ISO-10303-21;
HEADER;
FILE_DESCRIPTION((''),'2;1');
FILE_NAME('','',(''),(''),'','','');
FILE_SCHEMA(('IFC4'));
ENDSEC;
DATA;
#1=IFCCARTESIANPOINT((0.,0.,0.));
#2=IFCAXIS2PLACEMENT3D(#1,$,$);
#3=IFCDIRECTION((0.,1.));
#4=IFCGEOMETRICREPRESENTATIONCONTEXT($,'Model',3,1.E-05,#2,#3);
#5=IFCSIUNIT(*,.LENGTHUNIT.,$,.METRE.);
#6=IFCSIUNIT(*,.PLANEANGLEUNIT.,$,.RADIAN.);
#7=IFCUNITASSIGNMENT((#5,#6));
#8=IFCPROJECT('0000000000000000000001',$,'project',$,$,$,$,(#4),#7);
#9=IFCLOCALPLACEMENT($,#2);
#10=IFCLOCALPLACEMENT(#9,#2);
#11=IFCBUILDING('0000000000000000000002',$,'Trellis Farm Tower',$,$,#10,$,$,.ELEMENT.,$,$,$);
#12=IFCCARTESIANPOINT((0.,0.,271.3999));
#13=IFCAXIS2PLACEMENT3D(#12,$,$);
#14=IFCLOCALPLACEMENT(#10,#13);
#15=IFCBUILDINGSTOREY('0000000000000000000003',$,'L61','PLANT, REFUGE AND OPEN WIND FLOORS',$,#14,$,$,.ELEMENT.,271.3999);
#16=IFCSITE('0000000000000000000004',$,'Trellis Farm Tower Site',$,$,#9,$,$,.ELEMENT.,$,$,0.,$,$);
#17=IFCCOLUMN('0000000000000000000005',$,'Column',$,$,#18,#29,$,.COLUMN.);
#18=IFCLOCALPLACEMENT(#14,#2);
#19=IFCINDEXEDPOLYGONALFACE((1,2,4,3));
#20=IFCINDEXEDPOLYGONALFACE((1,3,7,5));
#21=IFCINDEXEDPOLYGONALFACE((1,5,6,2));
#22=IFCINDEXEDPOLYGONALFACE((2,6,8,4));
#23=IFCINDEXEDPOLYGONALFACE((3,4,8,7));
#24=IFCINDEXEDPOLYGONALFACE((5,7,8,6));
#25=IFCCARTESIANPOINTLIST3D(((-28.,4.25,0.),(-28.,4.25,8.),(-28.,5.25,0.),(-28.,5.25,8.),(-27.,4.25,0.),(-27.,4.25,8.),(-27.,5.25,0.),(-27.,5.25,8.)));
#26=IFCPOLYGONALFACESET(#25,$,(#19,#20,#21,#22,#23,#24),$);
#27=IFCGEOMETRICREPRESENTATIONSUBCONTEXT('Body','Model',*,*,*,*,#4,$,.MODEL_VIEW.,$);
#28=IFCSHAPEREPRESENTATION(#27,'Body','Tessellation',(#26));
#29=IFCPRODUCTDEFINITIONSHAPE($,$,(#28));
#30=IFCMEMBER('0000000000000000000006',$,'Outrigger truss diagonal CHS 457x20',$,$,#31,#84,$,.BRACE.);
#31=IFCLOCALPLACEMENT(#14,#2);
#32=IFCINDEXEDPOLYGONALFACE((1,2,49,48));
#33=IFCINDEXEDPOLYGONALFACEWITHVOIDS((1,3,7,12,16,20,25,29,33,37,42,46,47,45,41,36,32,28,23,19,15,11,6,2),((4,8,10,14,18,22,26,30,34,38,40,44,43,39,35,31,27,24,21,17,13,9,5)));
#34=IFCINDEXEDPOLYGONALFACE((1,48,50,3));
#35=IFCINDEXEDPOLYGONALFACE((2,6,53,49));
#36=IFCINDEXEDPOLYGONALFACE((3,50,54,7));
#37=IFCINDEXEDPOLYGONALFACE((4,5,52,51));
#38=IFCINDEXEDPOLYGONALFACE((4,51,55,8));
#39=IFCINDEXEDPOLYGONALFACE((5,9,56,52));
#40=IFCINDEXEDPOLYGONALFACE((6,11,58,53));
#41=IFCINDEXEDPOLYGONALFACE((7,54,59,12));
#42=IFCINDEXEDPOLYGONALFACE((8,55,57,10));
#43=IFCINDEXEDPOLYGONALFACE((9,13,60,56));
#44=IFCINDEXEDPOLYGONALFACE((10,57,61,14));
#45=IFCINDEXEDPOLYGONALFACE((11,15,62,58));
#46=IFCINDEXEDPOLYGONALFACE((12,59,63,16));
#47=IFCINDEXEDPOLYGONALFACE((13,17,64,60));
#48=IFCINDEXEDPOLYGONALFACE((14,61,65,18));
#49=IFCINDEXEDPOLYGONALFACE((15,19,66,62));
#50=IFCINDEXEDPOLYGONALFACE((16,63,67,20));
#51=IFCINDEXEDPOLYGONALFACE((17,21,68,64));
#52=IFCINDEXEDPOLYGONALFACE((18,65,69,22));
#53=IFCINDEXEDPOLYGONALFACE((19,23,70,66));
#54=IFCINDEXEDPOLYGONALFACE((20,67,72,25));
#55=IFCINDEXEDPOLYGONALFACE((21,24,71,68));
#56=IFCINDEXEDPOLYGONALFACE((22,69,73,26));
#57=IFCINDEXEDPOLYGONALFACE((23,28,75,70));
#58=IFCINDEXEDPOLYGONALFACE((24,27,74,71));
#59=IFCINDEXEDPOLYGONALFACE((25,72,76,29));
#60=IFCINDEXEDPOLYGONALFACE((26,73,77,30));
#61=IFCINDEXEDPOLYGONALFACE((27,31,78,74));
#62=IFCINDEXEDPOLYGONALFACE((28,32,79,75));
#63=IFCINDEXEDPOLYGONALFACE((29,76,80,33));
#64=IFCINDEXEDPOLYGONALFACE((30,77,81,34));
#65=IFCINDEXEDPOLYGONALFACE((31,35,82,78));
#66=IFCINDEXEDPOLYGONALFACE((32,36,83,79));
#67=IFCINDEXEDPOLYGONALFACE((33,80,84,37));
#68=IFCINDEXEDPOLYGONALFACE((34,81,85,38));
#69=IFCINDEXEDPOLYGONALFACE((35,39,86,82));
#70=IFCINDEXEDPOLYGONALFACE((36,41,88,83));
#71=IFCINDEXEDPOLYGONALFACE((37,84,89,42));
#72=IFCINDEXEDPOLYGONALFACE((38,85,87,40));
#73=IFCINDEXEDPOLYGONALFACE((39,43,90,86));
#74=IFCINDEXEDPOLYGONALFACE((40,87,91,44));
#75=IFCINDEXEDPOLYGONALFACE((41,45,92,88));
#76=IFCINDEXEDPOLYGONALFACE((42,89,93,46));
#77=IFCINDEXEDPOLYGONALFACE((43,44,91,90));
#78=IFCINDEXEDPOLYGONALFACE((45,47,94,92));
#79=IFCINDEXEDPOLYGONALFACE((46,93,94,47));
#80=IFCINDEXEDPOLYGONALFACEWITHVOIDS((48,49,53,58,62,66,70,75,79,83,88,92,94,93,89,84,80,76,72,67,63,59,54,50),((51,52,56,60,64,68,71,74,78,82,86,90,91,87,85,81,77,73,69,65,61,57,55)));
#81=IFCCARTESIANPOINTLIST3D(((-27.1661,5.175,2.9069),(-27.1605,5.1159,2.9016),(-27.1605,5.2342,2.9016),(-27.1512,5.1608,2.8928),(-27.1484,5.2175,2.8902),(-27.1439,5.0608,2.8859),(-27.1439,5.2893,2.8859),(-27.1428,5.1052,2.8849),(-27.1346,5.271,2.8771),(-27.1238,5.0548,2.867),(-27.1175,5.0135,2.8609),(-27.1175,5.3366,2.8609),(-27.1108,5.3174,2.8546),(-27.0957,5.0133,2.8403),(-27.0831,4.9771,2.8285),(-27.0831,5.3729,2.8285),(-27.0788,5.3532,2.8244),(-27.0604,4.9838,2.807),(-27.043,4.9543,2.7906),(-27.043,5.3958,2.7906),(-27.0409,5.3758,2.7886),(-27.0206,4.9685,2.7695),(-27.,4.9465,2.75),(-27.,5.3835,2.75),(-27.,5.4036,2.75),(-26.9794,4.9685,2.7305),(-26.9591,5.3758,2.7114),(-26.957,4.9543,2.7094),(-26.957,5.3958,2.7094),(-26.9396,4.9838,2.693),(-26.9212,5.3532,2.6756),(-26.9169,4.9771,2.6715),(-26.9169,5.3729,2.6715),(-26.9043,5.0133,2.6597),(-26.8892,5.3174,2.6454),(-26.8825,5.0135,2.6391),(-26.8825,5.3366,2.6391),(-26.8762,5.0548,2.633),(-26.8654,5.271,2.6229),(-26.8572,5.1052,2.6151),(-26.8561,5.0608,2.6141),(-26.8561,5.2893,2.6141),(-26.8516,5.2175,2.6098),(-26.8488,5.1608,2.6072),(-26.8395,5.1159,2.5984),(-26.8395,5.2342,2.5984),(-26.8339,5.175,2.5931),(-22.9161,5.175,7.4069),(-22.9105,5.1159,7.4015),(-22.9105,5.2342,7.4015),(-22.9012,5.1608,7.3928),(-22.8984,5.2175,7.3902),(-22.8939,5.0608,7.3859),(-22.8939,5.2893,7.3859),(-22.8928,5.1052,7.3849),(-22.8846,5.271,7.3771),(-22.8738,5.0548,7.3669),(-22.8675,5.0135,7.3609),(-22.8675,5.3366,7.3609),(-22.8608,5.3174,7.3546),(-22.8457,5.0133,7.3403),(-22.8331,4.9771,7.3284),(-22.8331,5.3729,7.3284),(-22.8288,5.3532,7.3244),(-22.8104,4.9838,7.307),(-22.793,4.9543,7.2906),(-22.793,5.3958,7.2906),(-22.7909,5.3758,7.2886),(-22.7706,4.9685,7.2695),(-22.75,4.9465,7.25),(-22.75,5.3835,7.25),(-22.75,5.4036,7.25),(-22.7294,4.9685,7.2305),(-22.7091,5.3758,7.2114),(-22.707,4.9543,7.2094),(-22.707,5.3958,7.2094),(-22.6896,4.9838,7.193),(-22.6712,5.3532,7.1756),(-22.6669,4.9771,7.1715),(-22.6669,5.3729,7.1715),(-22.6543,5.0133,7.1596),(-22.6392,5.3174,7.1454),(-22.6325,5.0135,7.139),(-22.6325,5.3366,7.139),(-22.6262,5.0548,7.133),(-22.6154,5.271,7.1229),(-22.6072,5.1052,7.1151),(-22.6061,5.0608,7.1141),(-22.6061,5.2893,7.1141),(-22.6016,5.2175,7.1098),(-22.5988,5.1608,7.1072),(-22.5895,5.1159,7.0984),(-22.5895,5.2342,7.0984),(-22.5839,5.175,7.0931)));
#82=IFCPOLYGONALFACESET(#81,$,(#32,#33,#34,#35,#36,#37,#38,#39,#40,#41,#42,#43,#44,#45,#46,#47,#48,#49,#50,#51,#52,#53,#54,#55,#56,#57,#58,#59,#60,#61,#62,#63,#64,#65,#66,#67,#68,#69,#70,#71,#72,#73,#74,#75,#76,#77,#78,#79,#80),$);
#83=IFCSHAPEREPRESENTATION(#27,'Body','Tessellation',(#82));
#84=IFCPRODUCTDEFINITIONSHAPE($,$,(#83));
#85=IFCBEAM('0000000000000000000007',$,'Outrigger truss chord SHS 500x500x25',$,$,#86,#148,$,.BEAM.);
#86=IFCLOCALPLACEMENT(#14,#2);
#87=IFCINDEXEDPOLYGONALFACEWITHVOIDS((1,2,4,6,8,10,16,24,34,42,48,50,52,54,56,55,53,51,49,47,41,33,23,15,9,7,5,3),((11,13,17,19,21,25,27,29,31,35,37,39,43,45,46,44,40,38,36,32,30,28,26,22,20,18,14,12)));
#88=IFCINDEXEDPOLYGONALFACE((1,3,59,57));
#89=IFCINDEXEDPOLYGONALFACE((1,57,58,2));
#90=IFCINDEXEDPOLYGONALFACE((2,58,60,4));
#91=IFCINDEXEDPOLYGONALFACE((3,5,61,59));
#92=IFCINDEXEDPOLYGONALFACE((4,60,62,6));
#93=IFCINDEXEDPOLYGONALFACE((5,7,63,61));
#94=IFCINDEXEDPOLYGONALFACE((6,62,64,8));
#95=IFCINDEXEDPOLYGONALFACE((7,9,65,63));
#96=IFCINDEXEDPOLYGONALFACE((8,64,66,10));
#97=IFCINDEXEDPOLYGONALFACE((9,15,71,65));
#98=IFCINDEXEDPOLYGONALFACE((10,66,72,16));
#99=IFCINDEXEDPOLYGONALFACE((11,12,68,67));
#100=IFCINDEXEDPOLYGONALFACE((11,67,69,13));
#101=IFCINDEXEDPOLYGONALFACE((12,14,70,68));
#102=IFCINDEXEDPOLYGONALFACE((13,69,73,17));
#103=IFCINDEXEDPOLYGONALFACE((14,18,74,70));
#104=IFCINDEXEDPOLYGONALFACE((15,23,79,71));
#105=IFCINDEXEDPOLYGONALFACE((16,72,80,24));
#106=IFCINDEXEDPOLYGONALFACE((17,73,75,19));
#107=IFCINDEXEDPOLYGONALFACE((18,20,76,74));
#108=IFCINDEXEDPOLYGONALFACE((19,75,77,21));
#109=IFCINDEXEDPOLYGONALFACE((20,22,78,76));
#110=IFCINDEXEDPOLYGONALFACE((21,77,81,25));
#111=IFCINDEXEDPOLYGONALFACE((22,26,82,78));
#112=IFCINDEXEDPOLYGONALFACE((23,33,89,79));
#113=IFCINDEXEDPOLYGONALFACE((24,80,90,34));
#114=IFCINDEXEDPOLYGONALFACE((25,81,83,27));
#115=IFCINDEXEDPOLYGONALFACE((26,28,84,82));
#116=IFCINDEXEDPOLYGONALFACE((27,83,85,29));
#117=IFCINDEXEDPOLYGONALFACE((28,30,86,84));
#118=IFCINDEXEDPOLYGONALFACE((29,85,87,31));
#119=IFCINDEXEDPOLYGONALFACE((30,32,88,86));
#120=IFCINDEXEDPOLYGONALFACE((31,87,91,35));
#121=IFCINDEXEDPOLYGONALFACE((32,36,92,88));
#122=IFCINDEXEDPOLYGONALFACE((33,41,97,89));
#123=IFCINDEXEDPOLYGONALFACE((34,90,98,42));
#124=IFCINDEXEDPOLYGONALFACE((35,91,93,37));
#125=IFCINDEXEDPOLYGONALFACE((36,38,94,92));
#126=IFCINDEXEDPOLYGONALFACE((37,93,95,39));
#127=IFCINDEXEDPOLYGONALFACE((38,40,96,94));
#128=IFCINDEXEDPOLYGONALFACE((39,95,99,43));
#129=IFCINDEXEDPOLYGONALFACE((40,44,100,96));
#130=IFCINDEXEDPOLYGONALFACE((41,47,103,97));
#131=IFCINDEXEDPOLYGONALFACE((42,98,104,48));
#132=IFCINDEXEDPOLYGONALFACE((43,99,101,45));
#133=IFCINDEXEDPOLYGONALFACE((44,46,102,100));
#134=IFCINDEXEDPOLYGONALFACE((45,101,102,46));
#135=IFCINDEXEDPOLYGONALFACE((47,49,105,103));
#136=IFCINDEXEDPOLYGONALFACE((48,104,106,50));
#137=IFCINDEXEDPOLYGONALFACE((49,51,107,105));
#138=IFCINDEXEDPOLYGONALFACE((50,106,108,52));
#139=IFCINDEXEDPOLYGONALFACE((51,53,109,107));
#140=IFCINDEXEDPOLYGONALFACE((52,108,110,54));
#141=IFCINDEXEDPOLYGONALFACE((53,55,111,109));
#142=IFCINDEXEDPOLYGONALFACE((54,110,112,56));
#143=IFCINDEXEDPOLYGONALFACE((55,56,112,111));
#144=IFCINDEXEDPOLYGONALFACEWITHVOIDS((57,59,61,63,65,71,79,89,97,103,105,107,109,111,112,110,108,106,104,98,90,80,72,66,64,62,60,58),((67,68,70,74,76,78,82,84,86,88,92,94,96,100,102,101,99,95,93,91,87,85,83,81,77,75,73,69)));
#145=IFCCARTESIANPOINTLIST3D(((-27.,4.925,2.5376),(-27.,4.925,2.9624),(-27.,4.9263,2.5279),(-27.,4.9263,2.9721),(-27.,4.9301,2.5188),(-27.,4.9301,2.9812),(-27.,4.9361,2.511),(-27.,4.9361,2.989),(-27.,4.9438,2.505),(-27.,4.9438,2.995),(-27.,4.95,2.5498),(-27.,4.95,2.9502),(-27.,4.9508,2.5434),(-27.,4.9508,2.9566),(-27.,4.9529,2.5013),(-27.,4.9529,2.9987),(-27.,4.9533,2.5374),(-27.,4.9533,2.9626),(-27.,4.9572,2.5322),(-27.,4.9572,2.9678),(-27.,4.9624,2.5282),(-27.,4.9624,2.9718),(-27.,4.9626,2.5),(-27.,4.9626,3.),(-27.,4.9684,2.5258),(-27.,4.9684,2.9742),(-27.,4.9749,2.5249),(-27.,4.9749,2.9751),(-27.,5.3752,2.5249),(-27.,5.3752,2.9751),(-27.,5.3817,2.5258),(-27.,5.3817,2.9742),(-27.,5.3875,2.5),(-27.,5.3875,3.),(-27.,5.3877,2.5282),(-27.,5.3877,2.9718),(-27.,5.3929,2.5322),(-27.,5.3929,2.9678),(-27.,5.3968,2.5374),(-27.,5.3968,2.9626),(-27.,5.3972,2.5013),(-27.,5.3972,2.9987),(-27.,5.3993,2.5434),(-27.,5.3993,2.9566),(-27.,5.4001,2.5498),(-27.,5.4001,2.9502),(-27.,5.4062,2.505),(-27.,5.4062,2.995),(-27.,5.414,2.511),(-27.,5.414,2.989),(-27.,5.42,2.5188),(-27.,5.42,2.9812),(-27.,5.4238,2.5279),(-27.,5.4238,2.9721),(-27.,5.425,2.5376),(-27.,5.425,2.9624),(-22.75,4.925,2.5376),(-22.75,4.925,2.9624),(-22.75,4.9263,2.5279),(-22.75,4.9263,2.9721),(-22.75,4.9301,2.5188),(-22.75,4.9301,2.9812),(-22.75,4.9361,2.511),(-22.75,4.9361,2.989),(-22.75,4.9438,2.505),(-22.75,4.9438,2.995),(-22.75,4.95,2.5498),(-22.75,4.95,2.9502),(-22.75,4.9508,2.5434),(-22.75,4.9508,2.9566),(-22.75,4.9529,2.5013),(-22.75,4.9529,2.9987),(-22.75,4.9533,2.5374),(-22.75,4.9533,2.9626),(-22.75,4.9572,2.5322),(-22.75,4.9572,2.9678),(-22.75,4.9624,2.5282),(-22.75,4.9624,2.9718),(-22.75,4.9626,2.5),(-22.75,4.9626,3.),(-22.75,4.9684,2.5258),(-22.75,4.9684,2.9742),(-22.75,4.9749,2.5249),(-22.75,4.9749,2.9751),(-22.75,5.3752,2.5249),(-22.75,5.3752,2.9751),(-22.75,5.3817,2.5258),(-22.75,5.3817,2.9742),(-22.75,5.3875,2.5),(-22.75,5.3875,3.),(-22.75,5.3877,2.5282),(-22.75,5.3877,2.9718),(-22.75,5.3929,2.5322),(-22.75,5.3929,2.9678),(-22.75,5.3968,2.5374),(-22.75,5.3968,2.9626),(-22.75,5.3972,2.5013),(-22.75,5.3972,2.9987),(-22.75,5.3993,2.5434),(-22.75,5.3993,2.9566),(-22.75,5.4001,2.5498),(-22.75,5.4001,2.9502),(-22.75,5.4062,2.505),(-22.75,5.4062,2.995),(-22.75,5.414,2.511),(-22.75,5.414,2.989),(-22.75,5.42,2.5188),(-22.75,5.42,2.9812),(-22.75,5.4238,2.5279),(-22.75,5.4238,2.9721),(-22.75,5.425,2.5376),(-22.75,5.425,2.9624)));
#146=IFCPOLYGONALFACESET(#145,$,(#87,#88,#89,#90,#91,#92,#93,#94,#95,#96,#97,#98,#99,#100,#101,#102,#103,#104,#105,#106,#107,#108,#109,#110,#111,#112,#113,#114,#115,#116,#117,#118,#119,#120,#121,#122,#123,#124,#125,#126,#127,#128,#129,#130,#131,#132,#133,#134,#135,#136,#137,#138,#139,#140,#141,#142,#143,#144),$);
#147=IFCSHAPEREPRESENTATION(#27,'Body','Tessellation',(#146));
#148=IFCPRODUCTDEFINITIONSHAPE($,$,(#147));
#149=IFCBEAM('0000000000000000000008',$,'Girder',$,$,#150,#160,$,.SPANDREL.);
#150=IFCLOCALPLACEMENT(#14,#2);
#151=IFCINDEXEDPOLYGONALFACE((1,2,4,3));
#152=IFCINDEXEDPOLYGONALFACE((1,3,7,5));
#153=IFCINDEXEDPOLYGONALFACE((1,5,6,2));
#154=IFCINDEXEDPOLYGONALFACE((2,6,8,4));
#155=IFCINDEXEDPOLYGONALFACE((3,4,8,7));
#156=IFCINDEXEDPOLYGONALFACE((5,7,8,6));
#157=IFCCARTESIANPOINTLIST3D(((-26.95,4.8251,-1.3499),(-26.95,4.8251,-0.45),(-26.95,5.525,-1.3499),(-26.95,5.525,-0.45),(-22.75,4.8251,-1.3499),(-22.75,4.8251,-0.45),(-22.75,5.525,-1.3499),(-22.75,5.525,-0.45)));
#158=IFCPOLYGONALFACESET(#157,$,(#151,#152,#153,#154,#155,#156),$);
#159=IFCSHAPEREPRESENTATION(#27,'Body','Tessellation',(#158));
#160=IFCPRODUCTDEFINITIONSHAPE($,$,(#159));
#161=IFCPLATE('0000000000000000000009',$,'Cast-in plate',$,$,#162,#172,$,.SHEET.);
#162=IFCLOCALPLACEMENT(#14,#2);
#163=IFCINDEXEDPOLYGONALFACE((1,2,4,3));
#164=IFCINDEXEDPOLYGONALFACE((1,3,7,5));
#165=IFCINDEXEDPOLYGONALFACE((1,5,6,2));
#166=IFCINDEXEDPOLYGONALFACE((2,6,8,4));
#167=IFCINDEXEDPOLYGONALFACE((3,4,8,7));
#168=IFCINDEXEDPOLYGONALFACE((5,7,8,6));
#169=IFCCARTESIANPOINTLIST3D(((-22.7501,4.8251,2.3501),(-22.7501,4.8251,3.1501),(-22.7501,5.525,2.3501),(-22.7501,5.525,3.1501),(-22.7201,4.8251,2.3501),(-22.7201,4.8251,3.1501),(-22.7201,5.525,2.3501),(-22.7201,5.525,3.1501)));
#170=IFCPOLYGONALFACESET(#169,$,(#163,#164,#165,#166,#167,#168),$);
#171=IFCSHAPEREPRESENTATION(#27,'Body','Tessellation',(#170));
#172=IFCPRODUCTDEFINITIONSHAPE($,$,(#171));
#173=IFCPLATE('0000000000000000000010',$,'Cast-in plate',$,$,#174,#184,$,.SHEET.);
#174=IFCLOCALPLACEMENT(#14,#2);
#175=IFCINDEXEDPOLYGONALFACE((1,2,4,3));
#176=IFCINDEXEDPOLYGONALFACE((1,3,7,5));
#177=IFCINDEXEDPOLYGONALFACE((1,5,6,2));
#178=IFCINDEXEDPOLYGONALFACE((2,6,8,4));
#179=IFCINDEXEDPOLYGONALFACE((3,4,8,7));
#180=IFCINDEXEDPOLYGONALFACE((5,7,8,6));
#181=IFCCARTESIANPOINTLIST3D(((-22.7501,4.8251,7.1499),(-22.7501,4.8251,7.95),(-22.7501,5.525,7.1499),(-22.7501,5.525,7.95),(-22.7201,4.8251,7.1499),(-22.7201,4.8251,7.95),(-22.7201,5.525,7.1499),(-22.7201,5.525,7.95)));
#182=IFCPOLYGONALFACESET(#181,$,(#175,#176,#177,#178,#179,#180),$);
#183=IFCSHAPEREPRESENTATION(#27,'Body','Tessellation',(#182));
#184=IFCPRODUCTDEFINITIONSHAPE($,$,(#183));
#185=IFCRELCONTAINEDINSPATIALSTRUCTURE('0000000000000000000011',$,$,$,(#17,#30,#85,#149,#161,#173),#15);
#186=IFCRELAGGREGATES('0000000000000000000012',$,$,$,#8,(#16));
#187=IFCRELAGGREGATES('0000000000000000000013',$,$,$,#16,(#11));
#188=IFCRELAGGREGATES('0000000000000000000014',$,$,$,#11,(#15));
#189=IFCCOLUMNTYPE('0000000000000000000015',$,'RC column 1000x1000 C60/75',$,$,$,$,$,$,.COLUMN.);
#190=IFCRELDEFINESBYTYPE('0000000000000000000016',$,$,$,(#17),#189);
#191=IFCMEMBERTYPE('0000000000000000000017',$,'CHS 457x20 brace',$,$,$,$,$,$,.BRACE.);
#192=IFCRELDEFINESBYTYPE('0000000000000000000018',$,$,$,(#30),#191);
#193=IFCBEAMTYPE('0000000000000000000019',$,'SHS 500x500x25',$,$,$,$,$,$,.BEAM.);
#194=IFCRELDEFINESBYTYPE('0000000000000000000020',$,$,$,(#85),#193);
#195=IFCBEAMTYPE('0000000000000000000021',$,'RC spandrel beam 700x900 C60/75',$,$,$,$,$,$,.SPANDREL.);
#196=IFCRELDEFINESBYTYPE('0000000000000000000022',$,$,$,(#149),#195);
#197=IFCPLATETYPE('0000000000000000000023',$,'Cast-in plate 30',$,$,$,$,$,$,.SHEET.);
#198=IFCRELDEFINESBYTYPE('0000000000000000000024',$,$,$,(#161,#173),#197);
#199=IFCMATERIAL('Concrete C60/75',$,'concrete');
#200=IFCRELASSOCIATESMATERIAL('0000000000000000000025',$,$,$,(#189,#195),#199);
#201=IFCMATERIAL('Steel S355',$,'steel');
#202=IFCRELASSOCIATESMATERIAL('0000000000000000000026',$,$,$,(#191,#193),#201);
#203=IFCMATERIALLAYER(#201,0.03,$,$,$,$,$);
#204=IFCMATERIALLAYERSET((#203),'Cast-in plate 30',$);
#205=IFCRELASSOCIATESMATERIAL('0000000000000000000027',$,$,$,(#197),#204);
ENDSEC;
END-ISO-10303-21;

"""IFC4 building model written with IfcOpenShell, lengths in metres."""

from ifc_helpers import new_model, si_unit, direction, frame, origin, origin_2d, place, context, subcontext, project, spatial, rectangle, hollow_rectangle, hollow_circle, extrude, source, transform, mapped, material, layer, layer_set, material_profile, profile_set, type_object, element, save


model = new_model("IFC4")

# Units and contexts
model_context = context("Model", 3, precision=1e-05, world=origin(), true_north=direction((0.0, 1.0)))
body_context = subcontext(model_context, "Body", "Model", "MODEL_VIEW")
ifc_project = project(units=[si_unit("LENGTHUNIT", "METRE"), si_unit("PLANEANGLEUNIT", "RADIAN")], contexts=[model_context])

# Site, building, storey
site_placement = place(None, origin())
site = spatial("IfcSite", under=ifc_project, at=site_placement, Name="Trellis Farm Tower Site", CompositionType="ELEMENT", RefElevation=0.0)
building_placement = place(site_placement, origin())
building = spatial("IfcBuilding", under=site, at=building_placement, Name="Trellis Farm Tower", CompositionType="ELEMENT")
storey_placement = place(building_placement, frame((0.0, 0.0, 271.3999)))
storey = spatial("IfcBuildingStorey", under=building, at=storey_placement, Name="L61", Description="PLANT, REFUGE AND OPEN WIND FLOORS", CompositionType="ELEMENT", Elevation=271.3999)

# Column
ifc_material_1 = material(Name="Concrete C60/75", Category="concrete")
ifc_material_profile_1 = material_profile(ifc_material_1, rectangle(XDim=1.0, YDim=1.0, at=origin_2d()), Name="RC column 1000x1000 C60/75")
ifc_profile_set_1 = profile_set([ifc_material_profile_1], Name="Concrete C60/75")
column_type = type_object("IfcColumnType", Name="RC column 1000x1000 C60/75", PredefinedType="COLUMN", material=ifc_profile_set_1)
shared_shape_1 = source(origin(), body_context, "Body", "SweptSolid", [
    extrude(rectangle(XDim=1.0, YDim=1.0, at=origin_2d()), origin(), (0.0, 0.0, 1.0), 8.0),
])
column_placement = place(storey_placement, frame((-27.5, 4.75, 0.0), z_axis=(0.0, 0.0, 1.0), x_axis=(1.0, 0.0, 0.0)))
element("IfcColumn", 1, at=column_placement, inside=storey, type_object=column_type, Name="Column", PredefinedType="COLUMN", context=body_context, shape_type="MappedRepresentation", body=[
    mapped(shared_shape_1, transform((0.0, 0.0, 0.0))),
])

# Member
ifc_material_2 = material(Name="Steel S355", Category="steel")
ifc_material_profile_2 = material_profile(ifc_material_2, hollow_circle(Radius=0.2285, WallThickness=0.02, at=origin_2d()), Name="CHS 457x20")
ifc_profile_set_2 = profile_set([ifc_material_profile_2], Name="Steel S355")
member_type = type_object("IfcMemberType", Name="CHS 457x20 brace", PredefinedType="BRACE", material=ifc_profile_set_2)
member_placement = place(storey_placement, frame((-27.0, 5.175, 2.75), z_axis=(0.686624, 0.0, 0.727013), x_axis=(0.0, 1.0, 0.0)))
element("IfcMember", 2, at=member_placement, inside=storey, type_object=member_type, Name="Outrigger truss diagonal CHS 457x20", PredefinedType="BRACE", context=body_context, shape_type="SweptSolid", body=[
    extrude(hollow_circle(Radius=0.2285, WallThickness=0.02, at=origin_2d()), origin(), (0.0, 0.0, 1.0), 6.1897),
])

# Beams
ifc_material_profile_3 = material_profile(ifc_material_2, hollow_rectangle(XDim=0.5, YDim=0.5, WallThickness=0.0249, InnerFilletRadius=0.0249, OuterFilletRadius=0.0376, at=origin_2d()), Name="SHS 500x500x25")
ifc_profile_set_3 = profile_set([ifc_material_profile_3], Name="Steel S355")
beam_type_1 = type_object("IfcBeamType", Name="SHS 500x500x25", PredefinedType="BEAM", material=ifc_profile_set_3)
beam_1_placement = place(storey_placement, frame((-27.0, 5.175, 2.75), z_axis=(1.0, 0.0, 0.0), x_axis=(0.0, 1.0, 0.0)))
element("IfcBeam", 3, at=beam_1_placement, inside=storey, type_object=beam_type_1, Name="Outrigger truss chord SHS 500x500x25", PredefinedType="BEAM", context=body_context, shape_type="SweptSolid", body=[
    extrude(hollow_rectangle(XDim=0.5, YDim=0.5, WallThickness=0.0249, InnerFilletRadius=0.0249, OuterFilletRadius=0.0376, at=origin_2d()), origin(), (0.0, 0.0, 1.0), 4.25),
])
ifc_material_profile_4 = material_profile(ifc_material_1, rectangle(XDim=0.7, YDim=0.8999, at=origin_2d()), Name="RC spandrel beam 700x900 C60/75")
ifc_profile_set_4 = profile_set([ifc_material_profile_4], Name="Concrete C60/75")
beam_type_2 = type_object("IfcBeamType", Name="RC spandrel beam 700x900 C60/75", PredefinedType="SPANDREL", material=ifc_profile_set_4)
shared_shape_2 = source(origin(), body_context, "Body", "SweptSolid", [
    extrude(rectangle(XDim=0.7, YDim=0.8999, at=origin_2d()), origin(), (0.0, 0.0, 1.0), 4.2),
])
beam_2_placement = place(storey_placement, frame((-26.95, 5.175, -0.8999), z_axis=(1.0, 0.0, 0.0), x_axis=(0.0, 1.0, 0.0)))
element("IfcBeam", 4, at=beam_2_placement, inside=storey, type_object=beam_type_2, Name="Girder", PredefinedType="SPANDREL", context=body_context, shape_type="MappedRepresentation", body=[
    mapped(shared_shape_2, transform((0.0, 0.0, 0.0))),
])

# Plates
ifc_layer_1 = layer(ifc_material_2, 0.03)
ifc_layer_set_1 = layer_set([ifc_layer_1], Name="Cast-in plate 30")
plate_type = type_object("IfcPlateType", Name="Cast-in plate 30", PredefinedType="SHEET", material=ifc_layer_set_1)
shared_shape_3 = source(origin(), body_context, "Body", "SweptSolid", [
    extrude(rectangle(XDim=0.03, YDim=0.7, at=origin_2d()), origin(), (0.0, 0.0, 1.0), 0.8),
])
for number, where, z_axis, x_axis, name in (
    (5, (-22.7351, 5.175, 2.3501), (0.0, 0.0, 1.0), (1.0, 0.0, 0.0), "Cast-in plate"),
    (6, (-22.7351, 5.175, 7.1499), (0.0, 0.0, 1.0), (1.0, 0.0, 0.0), "Cast-in plate"),
):
    element("IfcPlate", number, at=place(storey_placement, frame(where, z_axis=z_axis, x_axis=x_axis)), inside=storey, type_object=plate_type, Name=name, PredefinedType="SHEET", context=body_context, shape_type="MappedRepresentation", body=[
        mapped(shared_shape_3, transform((0.0, 0.0, 0.0))),
    ])

save(model, "model.ifc")
